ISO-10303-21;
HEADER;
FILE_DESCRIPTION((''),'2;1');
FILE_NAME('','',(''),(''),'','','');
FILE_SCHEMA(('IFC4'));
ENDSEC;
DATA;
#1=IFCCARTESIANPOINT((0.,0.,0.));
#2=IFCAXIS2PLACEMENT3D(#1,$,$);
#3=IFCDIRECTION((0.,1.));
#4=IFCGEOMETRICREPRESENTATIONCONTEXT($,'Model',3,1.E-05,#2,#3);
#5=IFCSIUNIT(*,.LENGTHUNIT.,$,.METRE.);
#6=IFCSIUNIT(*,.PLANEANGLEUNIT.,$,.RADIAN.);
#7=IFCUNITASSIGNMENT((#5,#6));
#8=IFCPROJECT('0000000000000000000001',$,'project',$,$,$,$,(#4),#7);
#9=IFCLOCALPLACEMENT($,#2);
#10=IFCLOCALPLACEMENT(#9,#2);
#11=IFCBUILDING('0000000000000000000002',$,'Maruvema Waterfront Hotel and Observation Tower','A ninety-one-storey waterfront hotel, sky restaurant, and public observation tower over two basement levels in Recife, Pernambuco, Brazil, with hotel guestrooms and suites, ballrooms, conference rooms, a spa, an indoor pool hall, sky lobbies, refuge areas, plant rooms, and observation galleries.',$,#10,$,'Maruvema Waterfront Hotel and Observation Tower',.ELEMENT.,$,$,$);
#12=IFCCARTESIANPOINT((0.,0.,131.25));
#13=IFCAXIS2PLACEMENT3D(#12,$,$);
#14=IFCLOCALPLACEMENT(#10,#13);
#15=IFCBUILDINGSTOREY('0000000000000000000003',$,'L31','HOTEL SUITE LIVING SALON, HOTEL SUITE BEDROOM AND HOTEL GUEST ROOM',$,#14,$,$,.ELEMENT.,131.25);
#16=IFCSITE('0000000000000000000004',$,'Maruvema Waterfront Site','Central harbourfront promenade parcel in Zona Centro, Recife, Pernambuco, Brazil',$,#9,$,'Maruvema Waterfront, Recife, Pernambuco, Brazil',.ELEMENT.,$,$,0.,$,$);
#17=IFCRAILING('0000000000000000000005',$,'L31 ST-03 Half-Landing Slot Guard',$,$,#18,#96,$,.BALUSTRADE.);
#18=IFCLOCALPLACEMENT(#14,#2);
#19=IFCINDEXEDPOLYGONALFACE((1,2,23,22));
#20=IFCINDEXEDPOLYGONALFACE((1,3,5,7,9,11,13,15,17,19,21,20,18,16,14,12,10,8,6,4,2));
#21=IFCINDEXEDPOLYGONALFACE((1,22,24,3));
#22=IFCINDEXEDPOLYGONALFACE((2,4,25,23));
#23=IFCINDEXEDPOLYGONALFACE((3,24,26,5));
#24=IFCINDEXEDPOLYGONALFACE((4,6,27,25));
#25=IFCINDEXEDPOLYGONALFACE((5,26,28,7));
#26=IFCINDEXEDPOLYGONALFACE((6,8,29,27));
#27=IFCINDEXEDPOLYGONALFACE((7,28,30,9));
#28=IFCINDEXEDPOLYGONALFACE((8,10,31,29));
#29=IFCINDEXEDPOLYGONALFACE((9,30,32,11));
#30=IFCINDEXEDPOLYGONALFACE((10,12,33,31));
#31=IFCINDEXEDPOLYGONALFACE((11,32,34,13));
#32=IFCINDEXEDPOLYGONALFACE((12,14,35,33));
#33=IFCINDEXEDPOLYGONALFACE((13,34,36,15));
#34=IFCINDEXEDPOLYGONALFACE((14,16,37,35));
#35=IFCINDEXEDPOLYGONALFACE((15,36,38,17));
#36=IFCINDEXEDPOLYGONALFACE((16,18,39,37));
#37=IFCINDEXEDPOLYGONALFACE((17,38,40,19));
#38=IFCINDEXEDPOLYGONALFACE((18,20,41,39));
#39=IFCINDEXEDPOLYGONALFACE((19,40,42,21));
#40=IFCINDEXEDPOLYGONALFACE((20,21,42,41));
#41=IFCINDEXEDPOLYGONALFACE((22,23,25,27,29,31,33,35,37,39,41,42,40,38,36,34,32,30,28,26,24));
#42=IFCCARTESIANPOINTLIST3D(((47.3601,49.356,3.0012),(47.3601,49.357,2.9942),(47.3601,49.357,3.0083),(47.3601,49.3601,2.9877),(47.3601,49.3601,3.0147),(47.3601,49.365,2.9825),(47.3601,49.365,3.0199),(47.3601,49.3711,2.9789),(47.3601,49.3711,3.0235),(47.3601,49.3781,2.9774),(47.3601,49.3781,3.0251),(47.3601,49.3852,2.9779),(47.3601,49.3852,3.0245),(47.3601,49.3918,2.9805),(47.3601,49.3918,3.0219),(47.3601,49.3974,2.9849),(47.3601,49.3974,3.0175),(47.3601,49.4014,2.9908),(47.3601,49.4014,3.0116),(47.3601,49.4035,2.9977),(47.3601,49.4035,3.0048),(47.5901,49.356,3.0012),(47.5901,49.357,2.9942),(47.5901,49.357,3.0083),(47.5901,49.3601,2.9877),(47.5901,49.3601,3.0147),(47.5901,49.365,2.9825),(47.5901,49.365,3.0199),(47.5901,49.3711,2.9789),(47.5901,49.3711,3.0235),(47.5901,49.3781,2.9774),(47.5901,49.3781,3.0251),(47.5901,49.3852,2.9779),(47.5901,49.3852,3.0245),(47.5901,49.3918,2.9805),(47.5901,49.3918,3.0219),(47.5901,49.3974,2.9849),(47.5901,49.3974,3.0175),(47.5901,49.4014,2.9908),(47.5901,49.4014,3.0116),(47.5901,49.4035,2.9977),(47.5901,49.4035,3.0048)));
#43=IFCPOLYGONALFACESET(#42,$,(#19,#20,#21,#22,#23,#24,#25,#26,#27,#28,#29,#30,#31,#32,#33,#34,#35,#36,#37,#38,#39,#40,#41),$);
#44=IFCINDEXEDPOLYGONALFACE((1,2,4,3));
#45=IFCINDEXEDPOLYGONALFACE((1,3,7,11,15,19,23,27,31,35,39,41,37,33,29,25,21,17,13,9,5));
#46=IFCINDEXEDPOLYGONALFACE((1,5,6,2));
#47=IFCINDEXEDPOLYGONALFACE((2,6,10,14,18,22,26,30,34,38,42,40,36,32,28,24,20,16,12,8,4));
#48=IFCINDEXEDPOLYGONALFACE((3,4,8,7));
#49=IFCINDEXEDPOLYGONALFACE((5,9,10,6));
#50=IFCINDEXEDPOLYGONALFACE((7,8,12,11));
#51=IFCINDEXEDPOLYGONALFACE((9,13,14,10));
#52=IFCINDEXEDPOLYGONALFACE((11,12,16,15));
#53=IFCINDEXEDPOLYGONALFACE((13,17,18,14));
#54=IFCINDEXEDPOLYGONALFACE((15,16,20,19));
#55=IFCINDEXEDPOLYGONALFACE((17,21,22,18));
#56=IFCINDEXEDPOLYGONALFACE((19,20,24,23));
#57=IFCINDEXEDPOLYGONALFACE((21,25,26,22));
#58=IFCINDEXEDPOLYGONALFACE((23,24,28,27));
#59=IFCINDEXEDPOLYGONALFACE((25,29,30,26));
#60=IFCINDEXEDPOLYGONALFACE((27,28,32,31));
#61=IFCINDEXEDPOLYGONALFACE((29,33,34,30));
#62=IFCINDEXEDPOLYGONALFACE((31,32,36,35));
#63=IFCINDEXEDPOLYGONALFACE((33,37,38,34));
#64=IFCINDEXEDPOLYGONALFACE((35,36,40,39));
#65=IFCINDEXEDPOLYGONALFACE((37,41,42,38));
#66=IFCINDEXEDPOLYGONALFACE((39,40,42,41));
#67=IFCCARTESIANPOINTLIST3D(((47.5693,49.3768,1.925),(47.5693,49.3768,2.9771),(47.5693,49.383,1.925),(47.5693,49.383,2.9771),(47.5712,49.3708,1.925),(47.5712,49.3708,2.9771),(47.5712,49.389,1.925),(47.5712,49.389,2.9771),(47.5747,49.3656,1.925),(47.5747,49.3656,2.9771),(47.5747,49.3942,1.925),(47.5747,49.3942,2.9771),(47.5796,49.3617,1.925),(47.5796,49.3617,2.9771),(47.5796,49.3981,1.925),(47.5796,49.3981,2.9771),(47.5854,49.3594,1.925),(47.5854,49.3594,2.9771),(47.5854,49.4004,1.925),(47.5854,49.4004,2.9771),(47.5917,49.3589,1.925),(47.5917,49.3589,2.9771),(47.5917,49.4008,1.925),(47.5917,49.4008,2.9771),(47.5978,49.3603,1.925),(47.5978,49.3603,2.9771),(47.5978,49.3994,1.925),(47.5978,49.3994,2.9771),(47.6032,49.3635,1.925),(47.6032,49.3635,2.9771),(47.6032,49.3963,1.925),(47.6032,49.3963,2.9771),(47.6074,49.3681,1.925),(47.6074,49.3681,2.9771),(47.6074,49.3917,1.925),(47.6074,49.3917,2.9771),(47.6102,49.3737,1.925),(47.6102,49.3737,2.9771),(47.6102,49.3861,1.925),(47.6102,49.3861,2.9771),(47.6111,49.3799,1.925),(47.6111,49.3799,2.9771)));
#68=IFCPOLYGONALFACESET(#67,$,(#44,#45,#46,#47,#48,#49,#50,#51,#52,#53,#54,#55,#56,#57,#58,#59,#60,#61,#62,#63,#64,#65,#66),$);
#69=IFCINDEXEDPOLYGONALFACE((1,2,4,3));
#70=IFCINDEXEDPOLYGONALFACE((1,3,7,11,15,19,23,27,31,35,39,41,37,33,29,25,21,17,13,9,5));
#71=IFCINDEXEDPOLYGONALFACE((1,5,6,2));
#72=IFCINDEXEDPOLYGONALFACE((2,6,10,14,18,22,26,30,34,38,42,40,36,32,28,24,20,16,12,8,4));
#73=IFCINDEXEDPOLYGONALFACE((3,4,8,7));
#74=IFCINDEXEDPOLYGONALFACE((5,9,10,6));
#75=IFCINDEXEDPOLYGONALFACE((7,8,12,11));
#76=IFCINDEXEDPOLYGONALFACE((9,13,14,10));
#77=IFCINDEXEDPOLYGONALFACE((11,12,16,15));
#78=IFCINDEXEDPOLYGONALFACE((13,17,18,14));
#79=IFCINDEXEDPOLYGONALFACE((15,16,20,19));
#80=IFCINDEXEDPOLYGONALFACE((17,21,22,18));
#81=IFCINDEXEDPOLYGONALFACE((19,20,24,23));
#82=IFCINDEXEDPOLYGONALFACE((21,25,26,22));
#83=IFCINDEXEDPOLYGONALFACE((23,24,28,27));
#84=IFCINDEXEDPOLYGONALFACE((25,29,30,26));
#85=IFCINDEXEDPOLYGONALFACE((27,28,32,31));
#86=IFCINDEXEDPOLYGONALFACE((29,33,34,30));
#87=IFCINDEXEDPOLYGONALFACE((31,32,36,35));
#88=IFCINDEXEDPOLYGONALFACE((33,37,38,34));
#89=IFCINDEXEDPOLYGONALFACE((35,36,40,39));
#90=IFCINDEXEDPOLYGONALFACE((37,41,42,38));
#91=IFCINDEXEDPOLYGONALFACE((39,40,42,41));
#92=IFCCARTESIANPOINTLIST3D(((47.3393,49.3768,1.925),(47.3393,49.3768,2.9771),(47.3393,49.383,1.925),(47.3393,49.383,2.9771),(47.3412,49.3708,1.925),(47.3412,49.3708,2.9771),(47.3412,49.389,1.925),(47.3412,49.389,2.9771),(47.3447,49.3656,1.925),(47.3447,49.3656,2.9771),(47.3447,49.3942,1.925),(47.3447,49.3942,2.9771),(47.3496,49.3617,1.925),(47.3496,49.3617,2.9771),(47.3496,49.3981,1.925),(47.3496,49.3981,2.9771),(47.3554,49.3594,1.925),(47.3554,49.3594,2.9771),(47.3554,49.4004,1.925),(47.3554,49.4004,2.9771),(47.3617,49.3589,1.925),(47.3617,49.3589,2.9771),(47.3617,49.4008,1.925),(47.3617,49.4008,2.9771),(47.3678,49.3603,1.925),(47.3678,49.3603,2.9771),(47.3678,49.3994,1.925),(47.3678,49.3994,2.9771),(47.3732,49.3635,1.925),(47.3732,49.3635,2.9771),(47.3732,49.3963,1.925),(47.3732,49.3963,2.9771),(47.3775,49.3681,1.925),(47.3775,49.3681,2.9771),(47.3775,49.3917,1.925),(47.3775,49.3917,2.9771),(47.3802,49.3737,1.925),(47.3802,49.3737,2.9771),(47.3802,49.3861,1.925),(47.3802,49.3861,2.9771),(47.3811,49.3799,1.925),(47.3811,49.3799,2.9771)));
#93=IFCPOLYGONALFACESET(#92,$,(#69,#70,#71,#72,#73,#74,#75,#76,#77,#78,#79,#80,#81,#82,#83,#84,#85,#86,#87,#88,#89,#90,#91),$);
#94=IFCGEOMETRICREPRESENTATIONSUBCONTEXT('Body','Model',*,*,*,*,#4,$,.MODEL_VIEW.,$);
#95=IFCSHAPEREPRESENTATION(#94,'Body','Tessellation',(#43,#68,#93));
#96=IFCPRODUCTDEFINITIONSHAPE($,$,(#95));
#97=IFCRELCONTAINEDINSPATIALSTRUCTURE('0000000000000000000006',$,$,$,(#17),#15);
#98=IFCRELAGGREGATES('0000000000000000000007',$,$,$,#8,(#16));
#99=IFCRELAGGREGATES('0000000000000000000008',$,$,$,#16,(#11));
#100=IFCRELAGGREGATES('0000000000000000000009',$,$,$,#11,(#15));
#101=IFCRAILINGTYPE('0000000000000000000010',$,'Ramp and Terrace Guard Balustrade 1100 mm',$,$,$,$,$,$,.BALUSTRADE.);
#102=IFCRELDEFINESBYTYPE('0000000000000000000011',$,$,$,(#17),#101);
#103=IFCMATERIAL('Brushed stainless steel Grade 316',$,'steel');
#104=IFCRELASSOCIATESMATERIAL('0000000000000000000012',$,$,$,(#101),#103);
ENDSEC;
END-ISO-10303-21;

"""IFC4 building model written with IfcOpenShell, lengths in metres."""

from ifc_helpers import new_model, si_unit, direction, frame, origin, origin_2d, place, context, subcontext, project, spatial, circle, extrude, material, type_object, element, save


model = new_model("IFC4")

# Units and contexts
model_context = context("Model", 3, precision=1e-05, world=origin(), true_north=direction((0.0, 1.0)))
body_context = subcontext(model_context, "Body", "Model", "MODEL_VIEW")
ifc_project = project(units=[si_unit("LENGTHUNIT", "METRE"), si_unit("PLANEANGLEUNIT", "RADIAN")], contexts=[model_context])

# Site, building, storey
site_placement = place(None, origin())
site = spatial("IfcSite", under=ifc_project, at=site_placement, Name="Maruvema Waterfront Site", Description="Central harbourfront promenade parcel in Zona Centro, Recife, Pernambuco, Brazil", LongName="Maruvema Waterfront, Recife, Pernambuco, Brazil", CompositionType="ELEMENT", RefElevation=0.0)
building_placement = place(site_placement, origin())
building = spatial("IfcBuilding", under=site, at=building_placement, Name="Maruvema Waterfront Hotel and Observation Tower", Description="A ninety-one-storey waterfront hotel, sky restaurant, and public observation tower over two basement levels in Recife, Pernambuco, Brazil, with hotel guestrooms and suites, ballrooms, conference rooms, a spa, an indoor pool hall, sky lobbies, refuge areas, plant rooms, and observation galleries.", LongName="Maruvema Waterfront Hotel and Observation Tower", CompositionType="ELEMENT")
storey_placement = place(building_placement, frame((0.0, 0.0, 131.25)))
storey = spatial("IfcBuildingStorey", under=building, at=storey_placement, Name="L31", Description="HOTEL SUITE LIVING SALON, HOTEL SUITE BEDROOM AND HOTEL GUEST ROOM", CompositionType="ELEMENT", Elevation=131.25)

# Railing
ifc_material_1 = material(Name="Brushed stainless steel Grade 316", Category="steel")
railing_type_1 = type_object("IfcRailingType", Name="Ramp and Terrace Guard Balustrade 1100 mm", PredefinedType="BALUSTRADE", material=ifc_material_1)
railing_1_placement = place(storey_placement, frame((47.5901, 49.3799, 1.925)))
element("IfcRailing", 1, at=railing_1_placement, inside=storey, type_object=railing_type_1, Name="L31 ST-03 Half-Landing Slot Guard", PredefinedType="BALUSTRADE", context=body_context, shape_type="SweptSolid", body=[
    extrude(circle(Radius=0.0239, at=origin_2d()), frame((0.0, 0.0, 1.0762), z_axis=(-1.0, 0.0, 0.0), x_axis=(0.0, -1.0, 0.0)), (0.0, 0.0, 1.0), 0.23),
    extrude(circle(Radius=0.021, at=origin_2d()), origin(), (0.0, 0.0, 1.0), 1.052),
    extrude(circle(Radius=0.021, at=origin_2d()), frame((-0.23, 0.0, 0.0)), (0.0, 0.0, 1.0), 1.052),
])

save(model, "model.ifc")
